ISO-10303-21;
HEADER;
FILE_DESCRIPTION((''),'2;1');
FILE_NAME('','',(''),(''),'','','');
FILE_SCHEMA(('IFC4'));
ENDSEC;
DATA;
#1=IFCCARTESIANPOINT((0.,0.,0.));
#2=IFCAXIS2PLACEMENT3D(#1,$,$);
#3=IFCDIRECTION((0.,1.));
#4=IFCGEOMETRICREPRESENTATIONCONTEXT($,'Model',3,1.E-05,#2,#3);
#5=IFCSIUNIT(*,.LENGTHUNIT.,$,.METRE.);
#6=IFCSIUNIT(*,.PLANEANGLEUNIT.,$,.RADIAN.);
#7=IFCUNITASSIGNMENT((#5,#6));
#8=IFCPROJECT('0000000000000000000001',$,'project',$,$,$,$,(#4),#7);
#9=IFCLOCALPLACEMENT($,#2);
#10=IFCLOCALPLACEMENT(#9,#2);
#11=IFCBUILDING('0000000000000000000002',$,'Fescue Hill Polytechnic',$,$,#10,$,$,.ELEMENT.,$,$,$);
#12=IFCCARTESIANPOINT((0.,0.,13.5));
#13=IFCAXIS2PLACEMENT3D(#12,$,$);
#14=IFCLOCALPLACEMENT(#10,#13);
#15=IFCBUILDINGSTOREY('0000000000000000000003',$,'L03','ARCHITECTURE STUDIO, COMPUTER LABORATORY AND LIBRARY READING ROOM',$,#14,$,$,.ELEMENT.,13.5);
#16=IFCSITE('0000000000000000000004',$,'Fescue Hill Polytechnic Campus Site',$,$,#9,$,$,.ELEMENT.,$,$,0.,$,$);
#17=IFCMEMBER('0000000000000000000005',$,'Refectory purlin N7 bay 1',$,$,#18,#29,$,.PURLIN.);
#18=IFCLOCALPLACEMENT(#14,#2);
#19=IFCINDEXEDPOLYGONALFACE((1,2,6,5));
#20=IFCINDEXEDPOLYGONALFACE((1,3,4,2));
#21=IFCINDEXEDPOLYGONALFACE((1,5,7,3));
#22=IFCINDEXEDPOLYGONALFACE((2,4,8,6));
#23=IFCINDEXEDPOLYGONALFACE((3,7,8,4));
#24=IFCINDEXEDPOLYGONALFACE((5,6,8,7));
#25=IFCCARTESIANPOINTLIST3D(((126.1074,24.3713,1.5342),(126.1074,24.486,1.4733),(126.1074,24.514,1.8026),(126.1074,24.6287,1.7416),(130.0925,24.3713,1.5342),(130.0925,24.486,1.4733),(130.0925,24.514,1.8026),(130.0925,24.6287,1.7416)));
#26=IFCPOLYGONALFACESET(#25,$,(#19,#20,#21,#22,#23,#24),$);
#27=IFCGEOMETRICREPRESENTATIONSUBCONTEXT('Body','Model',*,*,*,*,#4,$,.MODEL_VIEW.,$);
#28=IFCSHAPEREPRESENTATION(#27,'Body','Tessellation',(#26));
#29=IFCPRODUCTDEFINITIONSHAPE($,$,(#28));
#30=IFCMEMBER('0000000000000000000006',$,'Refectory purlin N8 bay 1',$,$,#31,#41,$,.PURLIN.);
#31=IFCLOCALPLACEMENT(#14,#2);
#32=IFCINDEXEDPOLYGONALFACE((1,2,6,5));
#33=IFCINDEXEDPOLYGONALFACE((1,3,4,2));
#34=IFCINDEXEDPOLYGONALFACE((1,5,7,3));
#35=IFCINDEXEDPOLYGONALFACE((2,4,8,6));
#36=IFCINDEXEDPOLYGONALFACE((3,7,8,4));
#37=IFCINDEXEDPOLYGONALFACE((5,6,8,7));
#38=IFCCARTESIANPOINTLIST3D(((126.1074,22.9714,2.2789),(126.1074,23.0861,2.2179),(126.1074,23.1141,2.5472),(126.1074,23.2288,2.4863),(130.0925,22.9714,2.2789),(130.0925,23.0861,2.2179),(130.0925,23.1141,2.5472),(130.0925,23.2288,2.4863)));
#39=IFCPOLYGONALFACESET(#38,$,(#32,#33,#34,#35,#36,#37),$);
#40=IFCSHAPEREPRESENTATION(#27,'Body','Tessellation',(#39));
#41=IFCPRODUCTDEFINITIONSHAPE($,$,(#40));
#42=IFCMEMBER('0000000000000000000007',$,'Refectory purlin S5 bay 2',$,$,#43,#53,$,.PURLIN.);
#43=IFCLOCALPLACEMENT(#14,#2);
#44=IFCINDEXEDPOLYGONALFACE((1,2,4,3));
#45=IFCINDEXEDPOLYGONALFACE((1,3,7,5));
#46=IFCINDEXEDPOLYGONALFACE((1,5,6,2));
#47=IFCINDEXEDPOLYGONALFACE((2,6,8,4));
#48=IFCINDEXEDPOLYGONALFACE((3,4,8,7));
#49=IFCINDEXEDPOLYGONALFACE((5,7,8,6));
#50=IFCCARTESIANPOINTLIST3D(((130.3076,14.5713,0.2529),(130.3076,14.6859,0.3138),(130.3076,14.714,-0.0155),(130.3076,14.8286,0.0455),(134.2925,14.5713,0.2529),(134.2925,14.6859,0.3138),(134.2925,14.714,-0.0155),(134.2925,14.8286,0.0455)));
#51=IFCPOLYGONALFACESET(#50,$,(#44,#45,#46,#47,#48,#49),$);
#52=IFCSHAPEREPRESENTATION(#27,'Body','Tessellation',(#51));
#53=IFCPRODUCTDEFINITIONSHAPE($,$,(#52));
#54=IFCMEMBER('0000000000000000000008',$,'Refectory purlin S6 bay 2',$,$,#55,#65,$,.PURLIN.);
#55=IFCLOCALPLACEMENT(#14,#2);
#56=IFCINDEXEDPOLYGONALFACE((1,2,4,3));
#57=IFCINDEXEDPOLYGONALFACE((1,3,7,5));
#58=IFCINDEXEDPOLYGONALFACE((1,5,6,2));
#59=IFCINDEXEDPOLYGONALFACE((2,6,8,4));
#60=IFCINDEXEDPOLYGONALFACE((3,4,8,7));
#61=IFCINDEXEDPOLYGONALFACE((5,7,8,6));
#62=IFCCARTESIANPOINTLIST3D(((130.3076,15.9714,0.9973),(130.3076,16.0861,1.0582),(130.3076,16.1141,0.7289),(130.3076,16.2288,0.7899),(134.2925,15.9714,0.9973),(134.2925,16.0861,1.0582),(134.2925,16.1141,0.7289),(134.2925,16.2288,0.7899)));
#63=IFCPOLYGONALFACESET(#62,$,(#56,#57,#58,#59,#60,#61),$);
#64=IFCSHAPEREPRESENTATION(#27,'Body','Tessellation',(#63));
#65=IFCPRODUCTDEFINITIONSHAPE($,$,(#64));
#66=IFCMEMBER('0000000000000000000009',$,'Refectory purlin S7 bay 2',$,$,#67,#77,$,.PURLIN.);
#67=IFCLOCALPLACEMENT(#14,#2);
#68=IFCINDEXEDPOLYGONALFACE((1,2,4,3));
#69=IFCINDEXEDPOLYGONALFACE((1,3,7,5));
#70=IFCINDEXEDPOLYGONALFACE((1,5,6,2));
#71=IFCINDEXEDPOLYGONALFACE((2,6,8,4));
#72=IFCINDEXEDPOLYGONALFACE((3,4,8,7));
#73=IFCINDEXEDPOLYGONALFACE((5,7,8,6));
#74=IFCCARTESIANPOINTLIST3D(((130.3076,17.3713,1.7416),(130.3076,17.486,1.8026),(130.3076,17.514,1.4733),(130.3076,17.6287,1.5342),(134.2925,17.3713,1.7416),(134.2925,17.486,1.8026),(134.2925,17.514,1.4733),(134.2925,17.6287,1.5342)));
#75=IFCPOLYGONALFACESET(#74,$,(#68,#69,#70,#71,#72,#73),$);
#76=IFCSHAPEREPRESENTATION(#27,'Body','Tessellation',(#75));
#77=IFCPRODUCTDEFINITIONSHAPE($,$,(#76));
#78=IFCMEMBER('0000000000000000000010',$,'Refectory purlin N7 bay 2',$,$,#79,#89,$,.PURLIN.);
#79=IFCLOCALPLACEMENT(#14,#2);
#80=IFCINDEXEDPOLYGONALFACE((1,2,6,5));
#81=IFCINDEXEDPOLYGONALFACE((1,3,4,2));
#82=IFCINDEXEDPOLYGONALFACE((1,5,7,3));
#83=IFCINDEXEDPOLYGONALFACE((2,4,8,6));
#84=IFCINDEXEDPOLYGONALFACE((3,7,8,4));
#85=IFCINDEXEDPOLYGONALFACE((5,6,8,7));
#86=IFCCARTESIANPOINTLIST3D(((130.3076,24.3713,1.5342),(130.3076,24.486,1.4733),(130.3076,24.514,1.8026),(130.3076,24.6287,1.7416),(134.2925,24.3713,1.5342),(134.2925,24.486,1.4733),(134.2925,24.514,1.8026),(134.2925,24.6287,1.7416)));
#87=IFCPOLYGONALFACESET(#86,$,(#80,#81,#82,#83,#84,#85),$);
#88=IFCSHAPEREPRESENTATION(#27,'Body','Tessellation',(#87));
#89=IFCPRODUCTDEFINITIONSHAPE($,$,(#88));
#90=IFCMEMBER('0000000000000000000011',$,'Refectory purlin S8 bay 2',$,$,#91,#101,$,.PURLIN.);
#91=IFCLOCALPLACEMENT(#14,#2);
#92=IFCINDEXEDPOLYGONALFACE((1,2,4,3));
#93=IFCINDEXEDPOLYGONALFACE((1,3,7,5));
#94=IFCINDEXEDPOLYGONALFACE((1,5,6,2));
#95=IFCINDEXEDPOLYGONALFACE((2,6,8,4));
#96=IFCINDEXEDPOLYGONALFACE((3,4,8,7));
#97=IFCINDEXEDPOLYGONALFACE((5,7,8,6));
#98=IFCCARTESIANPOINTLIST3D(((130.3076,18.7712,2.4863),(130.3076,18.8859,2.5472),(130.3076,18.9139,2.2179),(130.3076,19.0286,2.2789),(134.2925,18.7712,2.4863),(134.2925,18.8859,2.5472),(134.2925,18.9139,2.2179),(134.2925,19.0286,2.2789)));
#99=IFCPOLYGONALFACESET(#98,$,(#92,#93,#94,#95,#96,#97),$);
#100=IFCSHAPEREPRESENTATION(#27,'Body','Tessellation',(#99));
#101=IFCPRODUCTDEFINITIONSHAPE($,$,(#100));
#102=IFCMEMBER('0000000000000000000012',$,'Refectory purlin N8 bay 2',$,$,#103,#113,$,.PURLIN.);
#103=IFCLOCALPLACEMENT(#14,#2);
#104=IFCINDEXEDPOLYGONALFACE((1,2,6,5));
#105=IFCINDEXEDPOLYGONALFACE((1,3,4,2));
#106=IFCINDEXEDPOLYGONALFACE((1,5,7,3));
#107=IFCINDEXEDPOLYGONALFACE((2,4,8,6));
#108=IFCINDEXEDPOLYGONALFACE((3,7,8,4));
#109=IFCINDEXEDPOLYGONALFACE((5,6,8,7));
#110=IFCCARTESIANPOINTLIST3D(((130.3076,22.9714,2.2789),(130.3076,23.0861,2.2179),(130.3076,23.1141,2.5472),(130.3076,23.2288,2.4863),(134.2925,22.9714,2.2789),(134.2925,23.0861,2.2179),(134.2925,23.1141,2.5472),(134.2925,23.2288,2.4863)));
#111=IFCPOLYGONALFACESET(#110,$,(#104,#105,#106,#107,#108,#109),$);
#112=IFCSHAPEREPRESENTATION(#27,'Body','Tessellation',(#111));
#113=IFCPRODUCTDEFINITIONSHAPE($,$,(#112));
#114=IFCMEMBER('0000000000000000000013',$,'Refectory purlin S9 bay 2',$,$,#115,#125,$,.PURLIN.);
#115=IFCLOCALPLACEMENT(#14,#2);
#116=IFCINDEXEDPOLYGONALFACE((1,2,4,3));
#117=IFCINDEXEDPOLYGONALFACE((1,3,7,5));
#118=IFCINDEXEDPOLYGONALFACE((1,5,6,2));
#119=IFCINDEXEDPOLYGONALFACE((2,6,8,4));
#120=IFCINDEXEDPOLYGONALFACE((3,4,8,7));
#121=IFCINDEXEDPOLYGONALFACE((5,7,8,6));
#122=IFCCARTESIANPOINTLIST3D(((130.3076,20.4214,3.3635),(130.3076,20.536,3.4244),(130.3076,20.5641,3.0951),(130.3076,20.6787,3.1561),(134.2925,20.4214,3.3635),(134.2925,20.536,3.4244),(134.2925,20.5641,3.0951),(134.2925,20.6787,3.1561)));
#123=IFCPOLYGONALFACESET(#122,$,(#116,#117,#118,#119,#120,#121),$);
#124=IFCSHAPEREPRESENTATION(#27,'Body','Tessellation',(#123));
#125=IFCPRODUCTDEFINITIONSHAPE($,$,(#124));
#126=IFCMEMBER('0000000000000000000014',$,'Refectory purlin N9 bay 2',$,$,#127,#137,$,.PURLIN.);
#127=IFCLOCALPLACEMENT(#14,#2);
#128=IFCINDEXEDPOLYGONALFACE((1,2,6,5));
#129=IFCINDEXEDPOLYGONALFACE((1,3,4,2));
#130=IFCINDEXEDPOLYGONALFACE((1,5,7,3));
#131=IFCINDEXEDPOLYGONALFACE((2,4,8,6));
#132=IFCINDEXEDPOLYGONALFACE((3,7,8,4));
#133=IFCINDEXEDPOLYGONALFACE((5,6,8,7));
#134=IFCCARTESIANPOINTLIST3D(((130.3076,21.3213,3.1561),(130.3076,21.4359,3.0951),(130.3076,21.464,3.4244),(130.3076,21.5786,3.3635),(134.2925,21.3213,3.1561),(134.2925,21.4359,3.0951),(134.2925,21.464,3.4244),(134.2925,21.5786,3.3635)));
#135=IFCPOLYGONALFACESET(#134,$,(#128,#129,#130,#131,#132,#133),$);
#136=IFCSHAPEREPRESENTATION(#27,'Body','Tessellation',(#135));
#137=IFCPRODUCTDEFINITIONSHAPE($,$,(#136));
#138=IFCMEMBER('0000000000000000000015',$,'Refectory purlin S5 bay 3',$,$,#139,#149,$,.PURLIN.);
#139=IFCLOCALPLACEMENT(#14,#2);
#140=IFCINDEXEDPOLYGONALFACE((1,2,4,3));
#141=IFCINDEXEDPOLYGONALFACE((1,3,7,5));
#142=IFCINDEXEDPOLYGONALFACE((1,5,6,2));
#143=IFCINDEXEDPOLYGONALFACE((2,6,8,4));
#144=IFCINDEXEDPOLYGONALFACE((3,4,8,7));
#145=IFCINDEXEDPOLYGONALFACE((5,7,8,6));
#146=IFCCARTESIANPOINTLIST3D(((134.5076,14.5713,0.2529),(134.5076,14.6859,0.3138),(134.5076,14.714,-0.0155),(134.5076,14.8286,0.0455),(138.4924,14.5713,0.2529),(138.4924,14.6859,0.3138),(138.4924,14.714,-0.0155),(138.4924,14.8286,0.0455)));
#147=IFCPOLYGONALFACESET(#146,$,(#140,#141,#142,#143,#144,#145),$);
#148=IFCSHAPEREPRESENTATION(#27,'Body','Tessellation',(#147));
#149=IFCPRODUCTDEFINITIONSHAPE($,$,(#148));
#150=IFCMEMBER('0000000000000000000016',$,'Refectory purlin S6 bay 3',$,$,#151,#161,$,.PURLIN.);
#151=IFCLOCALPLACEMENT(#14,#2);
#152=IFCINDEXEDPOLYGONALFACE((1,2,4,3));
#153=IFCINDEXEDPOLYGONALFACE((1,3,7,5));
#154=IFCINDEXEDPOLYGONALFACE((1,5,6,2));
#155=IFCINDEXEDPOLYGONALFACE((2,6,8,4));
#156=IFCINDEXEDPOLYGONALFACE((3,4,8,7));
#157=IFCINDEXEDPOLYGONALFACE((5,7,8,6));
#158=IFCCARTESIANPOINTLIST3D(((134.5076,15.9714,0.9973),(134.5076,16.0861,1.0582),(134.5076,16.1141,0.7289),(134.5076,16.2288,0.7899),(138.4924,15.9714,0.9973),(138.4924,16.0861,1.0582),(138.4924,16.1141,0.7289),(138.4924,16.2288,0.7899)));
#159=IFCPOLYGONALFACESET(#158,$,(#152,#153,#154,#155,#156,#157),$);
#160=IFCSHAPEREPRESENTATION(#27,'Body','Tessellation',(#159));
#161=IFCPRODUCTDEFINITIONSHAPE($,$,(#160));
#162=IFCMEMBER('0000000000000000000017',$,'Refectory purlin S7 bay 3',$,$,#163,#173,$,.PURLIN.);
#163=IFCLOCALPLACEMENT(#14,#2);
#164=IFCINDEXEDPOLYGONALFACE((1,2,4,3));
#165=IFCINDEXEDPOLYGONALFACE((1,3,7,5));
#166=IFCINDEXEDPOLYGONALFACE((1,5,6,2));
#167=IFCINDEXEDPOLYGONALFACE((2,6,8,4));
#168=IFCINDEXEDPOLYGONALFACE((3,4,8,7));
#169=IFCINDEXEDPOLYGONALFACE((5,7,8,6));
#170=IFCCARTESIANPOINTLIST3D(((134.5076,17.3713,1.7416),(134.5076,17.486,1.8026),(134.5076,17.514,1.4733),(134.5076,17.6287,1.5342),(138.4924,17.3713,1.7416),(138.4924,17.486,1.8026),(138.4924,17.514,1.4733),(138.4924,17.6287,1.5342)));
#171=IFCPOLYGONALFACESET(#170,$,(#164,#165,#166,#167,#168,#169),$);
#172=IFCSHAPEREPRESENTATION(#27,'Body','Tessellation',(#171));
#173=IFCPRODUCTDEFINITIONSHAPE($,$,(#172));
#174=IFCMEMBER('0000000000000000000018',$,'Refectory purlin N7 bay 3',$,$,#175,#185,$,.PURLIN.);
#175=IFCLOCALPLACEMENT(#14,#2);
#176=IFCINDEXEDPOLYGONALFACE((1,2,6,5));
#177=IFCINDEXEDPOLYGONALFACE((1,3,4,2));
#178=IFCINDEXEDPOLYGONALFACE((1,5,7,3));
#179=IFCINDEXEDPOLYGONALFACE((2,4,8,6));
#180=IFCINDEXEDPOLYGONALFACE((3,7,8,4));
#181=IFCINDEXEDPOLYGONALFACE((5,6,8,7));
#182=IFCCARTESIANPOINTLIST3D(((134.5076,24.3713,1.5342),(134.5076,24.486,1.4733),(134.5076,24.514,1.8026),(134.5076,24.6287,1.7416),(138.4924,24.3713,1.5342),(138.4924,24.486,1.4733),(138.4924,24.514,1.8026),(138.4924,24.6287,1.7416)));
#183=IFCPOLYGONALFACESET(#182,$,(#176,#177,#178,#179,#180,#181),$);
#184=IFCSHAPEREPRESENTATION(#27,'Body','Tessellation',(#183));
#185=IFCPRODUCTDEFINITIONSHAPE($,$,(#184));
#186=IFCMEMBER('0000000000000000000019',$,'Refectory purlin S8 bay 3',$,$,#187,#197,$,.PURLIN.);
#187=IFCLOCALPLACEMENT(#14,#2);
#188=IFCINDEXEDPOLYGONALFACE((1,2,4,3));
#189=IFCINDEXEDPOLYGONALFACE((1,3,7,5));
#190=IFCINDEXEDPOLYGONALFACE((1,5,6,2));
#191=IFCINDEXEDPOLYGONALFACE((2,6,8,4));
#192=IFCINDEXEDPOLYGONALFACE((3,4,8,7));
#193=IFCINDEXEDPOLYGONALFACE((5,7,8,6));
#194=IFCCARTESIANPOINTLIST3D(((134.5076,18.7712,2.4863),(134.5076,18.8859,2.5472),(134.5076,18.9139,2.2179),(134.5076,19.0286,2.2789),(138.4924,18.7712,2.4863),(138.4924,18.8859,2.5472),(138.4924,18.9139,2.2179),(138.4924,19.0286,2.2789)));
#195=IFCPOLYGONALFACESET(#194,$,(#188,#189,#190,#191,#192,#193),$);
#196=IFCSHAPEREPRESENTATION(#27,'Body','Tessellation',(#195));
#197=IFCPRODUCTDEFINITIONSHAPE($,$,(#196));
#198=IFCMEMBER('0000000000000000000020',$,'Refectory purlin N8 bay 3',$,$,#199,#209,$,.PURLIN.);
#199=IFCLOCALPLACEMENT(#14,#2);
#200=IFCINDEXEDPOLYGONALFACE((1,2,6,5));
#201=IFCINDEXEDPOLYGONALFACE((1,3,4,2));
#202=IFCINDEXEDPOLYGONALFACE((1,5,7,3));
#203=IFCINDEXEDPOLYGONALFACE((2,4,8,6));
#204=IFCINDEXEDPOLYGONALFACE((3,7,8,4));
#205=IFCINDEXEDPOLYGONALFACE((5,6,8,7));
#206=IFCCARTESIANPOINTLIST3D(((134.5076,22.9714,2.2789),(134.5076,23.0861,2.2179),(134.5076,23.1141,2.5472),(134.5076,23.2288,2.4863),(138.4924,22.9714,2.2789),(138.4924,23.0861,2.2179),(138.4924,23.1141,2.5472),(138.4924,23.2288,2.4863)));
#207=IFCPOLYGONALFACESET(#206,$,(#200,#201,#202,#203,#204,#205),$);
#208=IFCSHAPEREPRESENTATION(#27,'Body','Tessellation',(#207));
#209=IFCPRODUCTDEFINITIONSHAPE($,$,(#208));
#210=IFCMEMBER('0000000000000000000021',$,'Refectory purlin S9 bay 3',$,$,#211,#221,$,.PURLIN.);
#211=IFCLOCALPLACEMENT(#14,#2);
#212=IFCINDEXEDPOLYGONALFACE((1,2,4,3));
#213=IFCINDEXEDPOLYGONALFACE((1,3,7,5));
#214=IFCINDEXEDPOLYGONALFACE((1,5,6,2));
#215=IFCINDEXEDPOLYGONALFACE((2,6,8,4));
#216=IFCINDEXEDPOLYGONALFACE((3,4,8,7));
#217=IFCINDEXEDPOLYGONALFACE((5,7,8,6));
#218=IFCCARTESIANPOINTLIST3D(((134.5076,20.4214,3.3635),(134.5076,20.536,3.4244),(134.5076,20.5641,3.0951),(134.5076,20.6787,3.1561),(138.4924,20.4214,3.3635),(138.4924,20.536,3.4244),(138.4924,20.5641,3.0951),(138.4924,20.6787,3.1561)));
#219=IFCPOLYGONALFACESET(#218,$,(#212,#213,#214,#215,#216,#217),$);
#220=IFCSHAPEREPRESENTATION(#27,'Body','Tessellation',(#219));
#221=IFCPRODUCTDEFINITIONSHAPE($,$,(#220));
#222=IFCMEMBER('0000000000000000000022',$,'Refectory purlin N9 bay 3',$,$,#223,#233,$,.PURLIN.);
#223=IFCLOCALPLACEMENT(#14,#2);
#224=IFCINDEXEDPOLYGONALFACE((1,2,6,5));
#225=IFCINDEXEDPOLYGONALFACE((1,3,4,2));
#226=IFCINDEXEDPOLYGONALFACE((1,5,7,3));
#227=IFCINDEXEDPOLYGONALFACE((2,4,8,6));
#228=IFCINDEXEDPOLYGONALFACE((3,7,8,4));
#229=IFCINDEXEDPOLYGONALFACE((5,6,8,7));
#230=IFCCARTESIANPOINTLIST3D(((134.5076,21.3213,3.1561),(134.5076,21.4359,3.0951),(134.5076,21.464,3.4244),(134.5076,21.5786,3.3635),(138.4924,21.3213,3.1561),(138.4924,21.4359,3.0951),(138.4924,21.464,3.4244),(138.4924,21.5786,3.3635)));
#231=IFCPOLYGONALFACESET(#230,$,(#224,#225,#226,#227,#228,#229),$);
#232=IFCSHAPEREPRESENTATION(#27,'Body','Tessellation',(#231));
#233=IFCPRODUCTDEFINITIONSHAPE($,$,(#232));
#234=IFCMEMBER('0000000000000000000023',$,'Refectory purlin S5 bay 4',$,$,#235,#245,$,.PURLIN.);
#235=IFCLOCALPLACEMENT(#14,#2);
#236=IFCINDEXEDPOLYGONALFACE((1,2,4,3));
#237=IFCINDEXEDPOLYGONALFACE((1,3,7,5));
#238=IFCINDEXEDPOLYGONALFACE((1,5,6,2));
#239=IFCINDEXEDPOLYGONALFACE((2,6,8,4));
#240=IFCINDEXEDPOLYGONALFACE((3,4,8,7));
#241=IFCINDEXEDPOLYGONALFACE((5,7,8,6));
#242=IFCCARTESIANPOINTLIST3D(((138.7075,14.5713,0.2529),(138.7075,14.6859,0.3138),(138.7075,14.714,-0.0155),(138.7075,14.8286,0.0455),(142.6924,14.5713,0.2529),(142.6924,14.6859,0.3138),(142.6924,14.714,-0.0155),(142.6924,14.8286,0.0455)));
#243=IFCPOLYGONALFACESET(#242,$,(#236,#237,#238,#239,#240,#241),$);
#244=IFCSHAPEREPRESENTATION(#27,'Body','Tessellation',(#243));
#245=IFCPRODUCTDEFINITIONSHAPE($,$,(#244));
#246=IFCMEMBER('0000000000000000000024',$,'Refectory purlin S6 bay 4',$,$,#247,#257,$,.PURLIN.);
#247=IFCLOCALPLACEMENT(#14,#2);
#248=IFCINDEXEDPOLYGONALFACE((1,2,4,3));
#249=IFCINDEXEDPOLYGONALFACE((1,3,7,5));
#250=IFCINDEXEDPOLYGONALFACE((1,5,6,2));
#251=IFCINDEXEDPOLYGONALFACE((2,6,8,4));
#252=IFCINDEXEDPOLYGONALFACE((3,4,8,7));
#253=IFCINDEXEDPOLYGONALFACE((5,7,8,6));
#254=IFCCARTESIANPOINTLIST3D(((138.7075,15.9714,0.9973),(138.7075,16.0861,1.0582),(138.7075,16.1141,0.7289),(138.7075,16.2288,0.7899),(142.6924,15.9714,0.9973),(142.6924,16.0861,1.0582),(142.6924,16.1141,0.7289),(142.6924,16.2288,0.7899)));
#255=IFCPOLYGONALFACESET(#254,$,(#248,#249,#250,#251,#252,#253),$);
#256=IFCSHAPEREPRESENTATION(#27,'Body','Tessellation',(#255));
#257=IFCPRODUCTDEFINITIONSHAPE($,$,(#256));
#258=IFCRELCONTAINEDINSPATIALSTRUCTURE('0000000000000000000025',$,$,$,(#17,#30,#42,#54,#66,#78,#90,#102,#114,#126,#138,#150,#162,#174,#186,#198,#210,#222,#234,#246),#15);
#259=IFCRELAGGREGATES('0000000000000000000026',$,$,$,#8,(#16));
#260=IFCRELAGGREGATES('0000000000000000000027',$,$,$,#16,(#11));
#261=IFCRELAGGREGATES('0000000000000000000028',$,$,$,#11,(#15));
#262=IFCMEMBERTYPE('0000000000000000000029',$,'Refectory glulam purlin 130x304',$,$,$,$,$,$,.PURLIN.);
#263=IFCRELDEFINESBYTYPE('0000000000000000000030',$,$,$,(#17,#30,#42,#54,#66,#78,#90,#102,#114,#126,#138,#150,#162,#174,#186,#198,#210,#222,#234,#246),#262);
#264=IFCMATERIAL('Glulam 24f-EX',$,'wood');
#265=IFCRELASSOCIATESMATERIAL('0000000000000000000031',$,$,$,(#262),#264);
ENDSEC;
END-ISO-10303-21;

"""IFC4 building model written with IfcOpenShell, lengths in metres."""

from ifc_helpers import new_model, si_unit, direction, frame, origin, origin_2d, place, context, subcontext, project, spatial, rectangle, extrude, material, material_profile, profile_set, type_object, element, save


model = new_model("IFC4")

# Units and contexts
model_context = context("Model", 3, precision=1e-05, world=origin(), true_north=direction((0.0, 1.0)))
body_context = subcontext(model_context, "Body", "Model", "MODEL_VIEW")
ifc_project = project(units=[si_unit("LENGTHUNIT", "METRE"), si_unit("PLANEANGLEUNIT", "RADIAN")], contexts=[model_context])

# Site, building, storey
site_placement = place(None, origin())
site = spatial("IfcSite", under=ifc_project, at=site_placement, Name="Fescue Hill Polytechnic Campus Site", CompositionType="ELEMENT", RefElevation=0.0)
building_placement = place(site_placement, origin())
building = spatial("IfcBuilding", under=site, at=building_placement, Name="Fescue Hill Polytechnic", CompositionType="ELEMENT")
storey_placement = place(building_placement, frame((0.0, 0.0, 13.5)))
storey = spatial("IfcBuildingStorey", under=building, at=storey_placement, Name="L03", Description="ARCHITECTURE STUDIO, COMPUTER LABORATORY AND LIBRARY READING ROOM", CompositionType="ELEMENT", Elevation=13.5)

# Members
ifc_material = material(Name="Glulam 24f-EX", Category="wood")
ifc_material_profile_1 = material_profile(ifc_material, rectangle(XDim=0.1299, YDim=0.304, at=origin_2d()), Name="Refectory glulam purlin 130x304")
ifc_profile_set_1 = profile_set([ifc_material_profile_1], Name="Glulam 24f-EX")
member_type = type_object("IfcMemberType", Name="Refectory glulam purlin 130x304", PredefinedType="PURLIN", material=ifc_profile_set_1)
for number, where, z_axis, x_axis, name in (
    (1, (126.1074, 24.5, 1.6379), (1.0, 0.0, 0.0), (0.0, 0.882934, -0.469497), "Refectory purlin N7 bay 1"),
    (2, (126.1074, 23.1001, 2.3826), (1.0, 0.0, 0.0), (0.0, 0.882934, -0.469497), "Refectory purlin N8 bay 1"),
):
    element("IfcMember", number, at=place(storey_placement, frame(where, z_axis=z_axis, x_axis=x_axis)), inside=storey, type_object=member_type, Name=name, PredefinedType="PURLIN", context=body_context, shape_type="SweptSolid", body=[
        extrude(rectangle(XDim=0.1299, YDim=0.304, at=origin_2d()), origin(), (0.0, 0.0, 1.0), 3.9851),
    ])
for number, where, z_axis, x_axis, name in (
    (3, (130.3076, 14.7, 0.1492), (1.0, 0.0, 0.0), (0.0, 0.882934, 0.469497), "Refectory purlin S5 bay 2"),
    (4, (130.3076, 16.1001, 0.8936), (1.0, 0.0, 0.0), (0.0, 0.882934, 0.469497), "Refectory purlin S6 bay 2"),
    (5, (130.3076, 17.5, 1.6379), (1.0, 0.0, 0.0), (0.0, 0.882934, 0.469497), "Refectory purlin S7 bay 2"),
    (6, (130.3076, 24.5, 1.6379), (1.0, 0.0, 0.0), (0.0, 0.882934, -0.469497), "Refectory purlin N7 bay 2"),
    (7, (130.3076, 18.8999, 2.3826), (1.0, 0.0, 0.0), (0.0, 0.882934, 0.469497), "Refectory purlin S8 bay 2"),
    (8, (130.3076, 23.1001, 2.3826), (1.0, 0.0, 0.0), (0.0, 0.882934, -0.469497), "Refectory purlin N8 bay 2"),
    (9, (130.3076, 20.55, 3.2598), (1.0, 0.0, 0.0), (0.0, 0.882934, 0.469497), "Refectory purlin S9 bay 2"),
    (10, (130.3076, 21.45, 3.2598), (1.0, 0.0, 0.0), (0.0, 0.882934, -0.469497), "Refectory purlin N9 bay 2"),
    (11, (134.5076, 14.7, 0.1492), (1.0, 0.0, 0.0), (0.0, 0.882934, 0.469497), "Refectory purlin S5 bay 3"),
    (12, (134.5076, 16.1001, 0.8936), (1.0, 0.0, 0.0), (0.0, 0.882934, 0.469497), "Refectory purlin S6 bay 3"),
    (13, (134.5076, 17.5, 1.6379), (1.0, 0.0, 0.0), (0.0, 0.882934, 0.469497), "Refectory purlin S7 bay 3"),
    (14, (134.5076, 24.5, 1.6379), (1.0, 0.0, 0.0), (0.0, 0.882934, -0.469497), "Refectory purlin N7 bay 3"),
    (15, (134.5076, 18.8999, 2.3826), (1.0, 0.0, 0.0), (0.0, 0.882934, 0.469497), "Refectory purlin S8 bay 3"),
    (16, (134.5076, 23.1001, 2.3826), (1.0, 0.0, 0.0), (0.0, 0.882934, -0.469497), "Refectory purlin N8 bay 3"),
    (17, (134.5076, 20.55, 3.2598), (1.0, 0.0, 0.0), (0.0, 0.882934, 0.469497), "Refectory purlin S9 bay 3"),
    (18, (134.5076, 21.45, 3.2598), (1.0, 0.0, 0.0), (0.0, 0.882934, -0.469497), "Refectory purlin N9 bay 3"),
    (19, (138.7075, 14.7, 0.1492), (1.0, 0.0, 0.0), (0.0, 0.882934, 0.469497), "Refectory purlin S5 bay 4"),
    (20, (138.7075, 16.1001, 0.8936), (1.0, 0.0, 0.0), (0.0, 0.882934, 0.469497), "Refectory purlin S6 bay 4"),
):
    element("IfcMember", number, at=place(storey_placement, frame(where, z_axis=z_axis, x_axis=x_axis)), inside=storey, type_object=member_type, Name=name, PredefinedType="PURLIN", context=body_context, shape_type="SweptSolid", body=[
        extrude(rectangle(XDim=0.1299, YDim=0.304, at=origin_2d()), origin(), (0.0, 0.0, 1.0), 3.9849),
    ])

save(model, "model.ifc")
